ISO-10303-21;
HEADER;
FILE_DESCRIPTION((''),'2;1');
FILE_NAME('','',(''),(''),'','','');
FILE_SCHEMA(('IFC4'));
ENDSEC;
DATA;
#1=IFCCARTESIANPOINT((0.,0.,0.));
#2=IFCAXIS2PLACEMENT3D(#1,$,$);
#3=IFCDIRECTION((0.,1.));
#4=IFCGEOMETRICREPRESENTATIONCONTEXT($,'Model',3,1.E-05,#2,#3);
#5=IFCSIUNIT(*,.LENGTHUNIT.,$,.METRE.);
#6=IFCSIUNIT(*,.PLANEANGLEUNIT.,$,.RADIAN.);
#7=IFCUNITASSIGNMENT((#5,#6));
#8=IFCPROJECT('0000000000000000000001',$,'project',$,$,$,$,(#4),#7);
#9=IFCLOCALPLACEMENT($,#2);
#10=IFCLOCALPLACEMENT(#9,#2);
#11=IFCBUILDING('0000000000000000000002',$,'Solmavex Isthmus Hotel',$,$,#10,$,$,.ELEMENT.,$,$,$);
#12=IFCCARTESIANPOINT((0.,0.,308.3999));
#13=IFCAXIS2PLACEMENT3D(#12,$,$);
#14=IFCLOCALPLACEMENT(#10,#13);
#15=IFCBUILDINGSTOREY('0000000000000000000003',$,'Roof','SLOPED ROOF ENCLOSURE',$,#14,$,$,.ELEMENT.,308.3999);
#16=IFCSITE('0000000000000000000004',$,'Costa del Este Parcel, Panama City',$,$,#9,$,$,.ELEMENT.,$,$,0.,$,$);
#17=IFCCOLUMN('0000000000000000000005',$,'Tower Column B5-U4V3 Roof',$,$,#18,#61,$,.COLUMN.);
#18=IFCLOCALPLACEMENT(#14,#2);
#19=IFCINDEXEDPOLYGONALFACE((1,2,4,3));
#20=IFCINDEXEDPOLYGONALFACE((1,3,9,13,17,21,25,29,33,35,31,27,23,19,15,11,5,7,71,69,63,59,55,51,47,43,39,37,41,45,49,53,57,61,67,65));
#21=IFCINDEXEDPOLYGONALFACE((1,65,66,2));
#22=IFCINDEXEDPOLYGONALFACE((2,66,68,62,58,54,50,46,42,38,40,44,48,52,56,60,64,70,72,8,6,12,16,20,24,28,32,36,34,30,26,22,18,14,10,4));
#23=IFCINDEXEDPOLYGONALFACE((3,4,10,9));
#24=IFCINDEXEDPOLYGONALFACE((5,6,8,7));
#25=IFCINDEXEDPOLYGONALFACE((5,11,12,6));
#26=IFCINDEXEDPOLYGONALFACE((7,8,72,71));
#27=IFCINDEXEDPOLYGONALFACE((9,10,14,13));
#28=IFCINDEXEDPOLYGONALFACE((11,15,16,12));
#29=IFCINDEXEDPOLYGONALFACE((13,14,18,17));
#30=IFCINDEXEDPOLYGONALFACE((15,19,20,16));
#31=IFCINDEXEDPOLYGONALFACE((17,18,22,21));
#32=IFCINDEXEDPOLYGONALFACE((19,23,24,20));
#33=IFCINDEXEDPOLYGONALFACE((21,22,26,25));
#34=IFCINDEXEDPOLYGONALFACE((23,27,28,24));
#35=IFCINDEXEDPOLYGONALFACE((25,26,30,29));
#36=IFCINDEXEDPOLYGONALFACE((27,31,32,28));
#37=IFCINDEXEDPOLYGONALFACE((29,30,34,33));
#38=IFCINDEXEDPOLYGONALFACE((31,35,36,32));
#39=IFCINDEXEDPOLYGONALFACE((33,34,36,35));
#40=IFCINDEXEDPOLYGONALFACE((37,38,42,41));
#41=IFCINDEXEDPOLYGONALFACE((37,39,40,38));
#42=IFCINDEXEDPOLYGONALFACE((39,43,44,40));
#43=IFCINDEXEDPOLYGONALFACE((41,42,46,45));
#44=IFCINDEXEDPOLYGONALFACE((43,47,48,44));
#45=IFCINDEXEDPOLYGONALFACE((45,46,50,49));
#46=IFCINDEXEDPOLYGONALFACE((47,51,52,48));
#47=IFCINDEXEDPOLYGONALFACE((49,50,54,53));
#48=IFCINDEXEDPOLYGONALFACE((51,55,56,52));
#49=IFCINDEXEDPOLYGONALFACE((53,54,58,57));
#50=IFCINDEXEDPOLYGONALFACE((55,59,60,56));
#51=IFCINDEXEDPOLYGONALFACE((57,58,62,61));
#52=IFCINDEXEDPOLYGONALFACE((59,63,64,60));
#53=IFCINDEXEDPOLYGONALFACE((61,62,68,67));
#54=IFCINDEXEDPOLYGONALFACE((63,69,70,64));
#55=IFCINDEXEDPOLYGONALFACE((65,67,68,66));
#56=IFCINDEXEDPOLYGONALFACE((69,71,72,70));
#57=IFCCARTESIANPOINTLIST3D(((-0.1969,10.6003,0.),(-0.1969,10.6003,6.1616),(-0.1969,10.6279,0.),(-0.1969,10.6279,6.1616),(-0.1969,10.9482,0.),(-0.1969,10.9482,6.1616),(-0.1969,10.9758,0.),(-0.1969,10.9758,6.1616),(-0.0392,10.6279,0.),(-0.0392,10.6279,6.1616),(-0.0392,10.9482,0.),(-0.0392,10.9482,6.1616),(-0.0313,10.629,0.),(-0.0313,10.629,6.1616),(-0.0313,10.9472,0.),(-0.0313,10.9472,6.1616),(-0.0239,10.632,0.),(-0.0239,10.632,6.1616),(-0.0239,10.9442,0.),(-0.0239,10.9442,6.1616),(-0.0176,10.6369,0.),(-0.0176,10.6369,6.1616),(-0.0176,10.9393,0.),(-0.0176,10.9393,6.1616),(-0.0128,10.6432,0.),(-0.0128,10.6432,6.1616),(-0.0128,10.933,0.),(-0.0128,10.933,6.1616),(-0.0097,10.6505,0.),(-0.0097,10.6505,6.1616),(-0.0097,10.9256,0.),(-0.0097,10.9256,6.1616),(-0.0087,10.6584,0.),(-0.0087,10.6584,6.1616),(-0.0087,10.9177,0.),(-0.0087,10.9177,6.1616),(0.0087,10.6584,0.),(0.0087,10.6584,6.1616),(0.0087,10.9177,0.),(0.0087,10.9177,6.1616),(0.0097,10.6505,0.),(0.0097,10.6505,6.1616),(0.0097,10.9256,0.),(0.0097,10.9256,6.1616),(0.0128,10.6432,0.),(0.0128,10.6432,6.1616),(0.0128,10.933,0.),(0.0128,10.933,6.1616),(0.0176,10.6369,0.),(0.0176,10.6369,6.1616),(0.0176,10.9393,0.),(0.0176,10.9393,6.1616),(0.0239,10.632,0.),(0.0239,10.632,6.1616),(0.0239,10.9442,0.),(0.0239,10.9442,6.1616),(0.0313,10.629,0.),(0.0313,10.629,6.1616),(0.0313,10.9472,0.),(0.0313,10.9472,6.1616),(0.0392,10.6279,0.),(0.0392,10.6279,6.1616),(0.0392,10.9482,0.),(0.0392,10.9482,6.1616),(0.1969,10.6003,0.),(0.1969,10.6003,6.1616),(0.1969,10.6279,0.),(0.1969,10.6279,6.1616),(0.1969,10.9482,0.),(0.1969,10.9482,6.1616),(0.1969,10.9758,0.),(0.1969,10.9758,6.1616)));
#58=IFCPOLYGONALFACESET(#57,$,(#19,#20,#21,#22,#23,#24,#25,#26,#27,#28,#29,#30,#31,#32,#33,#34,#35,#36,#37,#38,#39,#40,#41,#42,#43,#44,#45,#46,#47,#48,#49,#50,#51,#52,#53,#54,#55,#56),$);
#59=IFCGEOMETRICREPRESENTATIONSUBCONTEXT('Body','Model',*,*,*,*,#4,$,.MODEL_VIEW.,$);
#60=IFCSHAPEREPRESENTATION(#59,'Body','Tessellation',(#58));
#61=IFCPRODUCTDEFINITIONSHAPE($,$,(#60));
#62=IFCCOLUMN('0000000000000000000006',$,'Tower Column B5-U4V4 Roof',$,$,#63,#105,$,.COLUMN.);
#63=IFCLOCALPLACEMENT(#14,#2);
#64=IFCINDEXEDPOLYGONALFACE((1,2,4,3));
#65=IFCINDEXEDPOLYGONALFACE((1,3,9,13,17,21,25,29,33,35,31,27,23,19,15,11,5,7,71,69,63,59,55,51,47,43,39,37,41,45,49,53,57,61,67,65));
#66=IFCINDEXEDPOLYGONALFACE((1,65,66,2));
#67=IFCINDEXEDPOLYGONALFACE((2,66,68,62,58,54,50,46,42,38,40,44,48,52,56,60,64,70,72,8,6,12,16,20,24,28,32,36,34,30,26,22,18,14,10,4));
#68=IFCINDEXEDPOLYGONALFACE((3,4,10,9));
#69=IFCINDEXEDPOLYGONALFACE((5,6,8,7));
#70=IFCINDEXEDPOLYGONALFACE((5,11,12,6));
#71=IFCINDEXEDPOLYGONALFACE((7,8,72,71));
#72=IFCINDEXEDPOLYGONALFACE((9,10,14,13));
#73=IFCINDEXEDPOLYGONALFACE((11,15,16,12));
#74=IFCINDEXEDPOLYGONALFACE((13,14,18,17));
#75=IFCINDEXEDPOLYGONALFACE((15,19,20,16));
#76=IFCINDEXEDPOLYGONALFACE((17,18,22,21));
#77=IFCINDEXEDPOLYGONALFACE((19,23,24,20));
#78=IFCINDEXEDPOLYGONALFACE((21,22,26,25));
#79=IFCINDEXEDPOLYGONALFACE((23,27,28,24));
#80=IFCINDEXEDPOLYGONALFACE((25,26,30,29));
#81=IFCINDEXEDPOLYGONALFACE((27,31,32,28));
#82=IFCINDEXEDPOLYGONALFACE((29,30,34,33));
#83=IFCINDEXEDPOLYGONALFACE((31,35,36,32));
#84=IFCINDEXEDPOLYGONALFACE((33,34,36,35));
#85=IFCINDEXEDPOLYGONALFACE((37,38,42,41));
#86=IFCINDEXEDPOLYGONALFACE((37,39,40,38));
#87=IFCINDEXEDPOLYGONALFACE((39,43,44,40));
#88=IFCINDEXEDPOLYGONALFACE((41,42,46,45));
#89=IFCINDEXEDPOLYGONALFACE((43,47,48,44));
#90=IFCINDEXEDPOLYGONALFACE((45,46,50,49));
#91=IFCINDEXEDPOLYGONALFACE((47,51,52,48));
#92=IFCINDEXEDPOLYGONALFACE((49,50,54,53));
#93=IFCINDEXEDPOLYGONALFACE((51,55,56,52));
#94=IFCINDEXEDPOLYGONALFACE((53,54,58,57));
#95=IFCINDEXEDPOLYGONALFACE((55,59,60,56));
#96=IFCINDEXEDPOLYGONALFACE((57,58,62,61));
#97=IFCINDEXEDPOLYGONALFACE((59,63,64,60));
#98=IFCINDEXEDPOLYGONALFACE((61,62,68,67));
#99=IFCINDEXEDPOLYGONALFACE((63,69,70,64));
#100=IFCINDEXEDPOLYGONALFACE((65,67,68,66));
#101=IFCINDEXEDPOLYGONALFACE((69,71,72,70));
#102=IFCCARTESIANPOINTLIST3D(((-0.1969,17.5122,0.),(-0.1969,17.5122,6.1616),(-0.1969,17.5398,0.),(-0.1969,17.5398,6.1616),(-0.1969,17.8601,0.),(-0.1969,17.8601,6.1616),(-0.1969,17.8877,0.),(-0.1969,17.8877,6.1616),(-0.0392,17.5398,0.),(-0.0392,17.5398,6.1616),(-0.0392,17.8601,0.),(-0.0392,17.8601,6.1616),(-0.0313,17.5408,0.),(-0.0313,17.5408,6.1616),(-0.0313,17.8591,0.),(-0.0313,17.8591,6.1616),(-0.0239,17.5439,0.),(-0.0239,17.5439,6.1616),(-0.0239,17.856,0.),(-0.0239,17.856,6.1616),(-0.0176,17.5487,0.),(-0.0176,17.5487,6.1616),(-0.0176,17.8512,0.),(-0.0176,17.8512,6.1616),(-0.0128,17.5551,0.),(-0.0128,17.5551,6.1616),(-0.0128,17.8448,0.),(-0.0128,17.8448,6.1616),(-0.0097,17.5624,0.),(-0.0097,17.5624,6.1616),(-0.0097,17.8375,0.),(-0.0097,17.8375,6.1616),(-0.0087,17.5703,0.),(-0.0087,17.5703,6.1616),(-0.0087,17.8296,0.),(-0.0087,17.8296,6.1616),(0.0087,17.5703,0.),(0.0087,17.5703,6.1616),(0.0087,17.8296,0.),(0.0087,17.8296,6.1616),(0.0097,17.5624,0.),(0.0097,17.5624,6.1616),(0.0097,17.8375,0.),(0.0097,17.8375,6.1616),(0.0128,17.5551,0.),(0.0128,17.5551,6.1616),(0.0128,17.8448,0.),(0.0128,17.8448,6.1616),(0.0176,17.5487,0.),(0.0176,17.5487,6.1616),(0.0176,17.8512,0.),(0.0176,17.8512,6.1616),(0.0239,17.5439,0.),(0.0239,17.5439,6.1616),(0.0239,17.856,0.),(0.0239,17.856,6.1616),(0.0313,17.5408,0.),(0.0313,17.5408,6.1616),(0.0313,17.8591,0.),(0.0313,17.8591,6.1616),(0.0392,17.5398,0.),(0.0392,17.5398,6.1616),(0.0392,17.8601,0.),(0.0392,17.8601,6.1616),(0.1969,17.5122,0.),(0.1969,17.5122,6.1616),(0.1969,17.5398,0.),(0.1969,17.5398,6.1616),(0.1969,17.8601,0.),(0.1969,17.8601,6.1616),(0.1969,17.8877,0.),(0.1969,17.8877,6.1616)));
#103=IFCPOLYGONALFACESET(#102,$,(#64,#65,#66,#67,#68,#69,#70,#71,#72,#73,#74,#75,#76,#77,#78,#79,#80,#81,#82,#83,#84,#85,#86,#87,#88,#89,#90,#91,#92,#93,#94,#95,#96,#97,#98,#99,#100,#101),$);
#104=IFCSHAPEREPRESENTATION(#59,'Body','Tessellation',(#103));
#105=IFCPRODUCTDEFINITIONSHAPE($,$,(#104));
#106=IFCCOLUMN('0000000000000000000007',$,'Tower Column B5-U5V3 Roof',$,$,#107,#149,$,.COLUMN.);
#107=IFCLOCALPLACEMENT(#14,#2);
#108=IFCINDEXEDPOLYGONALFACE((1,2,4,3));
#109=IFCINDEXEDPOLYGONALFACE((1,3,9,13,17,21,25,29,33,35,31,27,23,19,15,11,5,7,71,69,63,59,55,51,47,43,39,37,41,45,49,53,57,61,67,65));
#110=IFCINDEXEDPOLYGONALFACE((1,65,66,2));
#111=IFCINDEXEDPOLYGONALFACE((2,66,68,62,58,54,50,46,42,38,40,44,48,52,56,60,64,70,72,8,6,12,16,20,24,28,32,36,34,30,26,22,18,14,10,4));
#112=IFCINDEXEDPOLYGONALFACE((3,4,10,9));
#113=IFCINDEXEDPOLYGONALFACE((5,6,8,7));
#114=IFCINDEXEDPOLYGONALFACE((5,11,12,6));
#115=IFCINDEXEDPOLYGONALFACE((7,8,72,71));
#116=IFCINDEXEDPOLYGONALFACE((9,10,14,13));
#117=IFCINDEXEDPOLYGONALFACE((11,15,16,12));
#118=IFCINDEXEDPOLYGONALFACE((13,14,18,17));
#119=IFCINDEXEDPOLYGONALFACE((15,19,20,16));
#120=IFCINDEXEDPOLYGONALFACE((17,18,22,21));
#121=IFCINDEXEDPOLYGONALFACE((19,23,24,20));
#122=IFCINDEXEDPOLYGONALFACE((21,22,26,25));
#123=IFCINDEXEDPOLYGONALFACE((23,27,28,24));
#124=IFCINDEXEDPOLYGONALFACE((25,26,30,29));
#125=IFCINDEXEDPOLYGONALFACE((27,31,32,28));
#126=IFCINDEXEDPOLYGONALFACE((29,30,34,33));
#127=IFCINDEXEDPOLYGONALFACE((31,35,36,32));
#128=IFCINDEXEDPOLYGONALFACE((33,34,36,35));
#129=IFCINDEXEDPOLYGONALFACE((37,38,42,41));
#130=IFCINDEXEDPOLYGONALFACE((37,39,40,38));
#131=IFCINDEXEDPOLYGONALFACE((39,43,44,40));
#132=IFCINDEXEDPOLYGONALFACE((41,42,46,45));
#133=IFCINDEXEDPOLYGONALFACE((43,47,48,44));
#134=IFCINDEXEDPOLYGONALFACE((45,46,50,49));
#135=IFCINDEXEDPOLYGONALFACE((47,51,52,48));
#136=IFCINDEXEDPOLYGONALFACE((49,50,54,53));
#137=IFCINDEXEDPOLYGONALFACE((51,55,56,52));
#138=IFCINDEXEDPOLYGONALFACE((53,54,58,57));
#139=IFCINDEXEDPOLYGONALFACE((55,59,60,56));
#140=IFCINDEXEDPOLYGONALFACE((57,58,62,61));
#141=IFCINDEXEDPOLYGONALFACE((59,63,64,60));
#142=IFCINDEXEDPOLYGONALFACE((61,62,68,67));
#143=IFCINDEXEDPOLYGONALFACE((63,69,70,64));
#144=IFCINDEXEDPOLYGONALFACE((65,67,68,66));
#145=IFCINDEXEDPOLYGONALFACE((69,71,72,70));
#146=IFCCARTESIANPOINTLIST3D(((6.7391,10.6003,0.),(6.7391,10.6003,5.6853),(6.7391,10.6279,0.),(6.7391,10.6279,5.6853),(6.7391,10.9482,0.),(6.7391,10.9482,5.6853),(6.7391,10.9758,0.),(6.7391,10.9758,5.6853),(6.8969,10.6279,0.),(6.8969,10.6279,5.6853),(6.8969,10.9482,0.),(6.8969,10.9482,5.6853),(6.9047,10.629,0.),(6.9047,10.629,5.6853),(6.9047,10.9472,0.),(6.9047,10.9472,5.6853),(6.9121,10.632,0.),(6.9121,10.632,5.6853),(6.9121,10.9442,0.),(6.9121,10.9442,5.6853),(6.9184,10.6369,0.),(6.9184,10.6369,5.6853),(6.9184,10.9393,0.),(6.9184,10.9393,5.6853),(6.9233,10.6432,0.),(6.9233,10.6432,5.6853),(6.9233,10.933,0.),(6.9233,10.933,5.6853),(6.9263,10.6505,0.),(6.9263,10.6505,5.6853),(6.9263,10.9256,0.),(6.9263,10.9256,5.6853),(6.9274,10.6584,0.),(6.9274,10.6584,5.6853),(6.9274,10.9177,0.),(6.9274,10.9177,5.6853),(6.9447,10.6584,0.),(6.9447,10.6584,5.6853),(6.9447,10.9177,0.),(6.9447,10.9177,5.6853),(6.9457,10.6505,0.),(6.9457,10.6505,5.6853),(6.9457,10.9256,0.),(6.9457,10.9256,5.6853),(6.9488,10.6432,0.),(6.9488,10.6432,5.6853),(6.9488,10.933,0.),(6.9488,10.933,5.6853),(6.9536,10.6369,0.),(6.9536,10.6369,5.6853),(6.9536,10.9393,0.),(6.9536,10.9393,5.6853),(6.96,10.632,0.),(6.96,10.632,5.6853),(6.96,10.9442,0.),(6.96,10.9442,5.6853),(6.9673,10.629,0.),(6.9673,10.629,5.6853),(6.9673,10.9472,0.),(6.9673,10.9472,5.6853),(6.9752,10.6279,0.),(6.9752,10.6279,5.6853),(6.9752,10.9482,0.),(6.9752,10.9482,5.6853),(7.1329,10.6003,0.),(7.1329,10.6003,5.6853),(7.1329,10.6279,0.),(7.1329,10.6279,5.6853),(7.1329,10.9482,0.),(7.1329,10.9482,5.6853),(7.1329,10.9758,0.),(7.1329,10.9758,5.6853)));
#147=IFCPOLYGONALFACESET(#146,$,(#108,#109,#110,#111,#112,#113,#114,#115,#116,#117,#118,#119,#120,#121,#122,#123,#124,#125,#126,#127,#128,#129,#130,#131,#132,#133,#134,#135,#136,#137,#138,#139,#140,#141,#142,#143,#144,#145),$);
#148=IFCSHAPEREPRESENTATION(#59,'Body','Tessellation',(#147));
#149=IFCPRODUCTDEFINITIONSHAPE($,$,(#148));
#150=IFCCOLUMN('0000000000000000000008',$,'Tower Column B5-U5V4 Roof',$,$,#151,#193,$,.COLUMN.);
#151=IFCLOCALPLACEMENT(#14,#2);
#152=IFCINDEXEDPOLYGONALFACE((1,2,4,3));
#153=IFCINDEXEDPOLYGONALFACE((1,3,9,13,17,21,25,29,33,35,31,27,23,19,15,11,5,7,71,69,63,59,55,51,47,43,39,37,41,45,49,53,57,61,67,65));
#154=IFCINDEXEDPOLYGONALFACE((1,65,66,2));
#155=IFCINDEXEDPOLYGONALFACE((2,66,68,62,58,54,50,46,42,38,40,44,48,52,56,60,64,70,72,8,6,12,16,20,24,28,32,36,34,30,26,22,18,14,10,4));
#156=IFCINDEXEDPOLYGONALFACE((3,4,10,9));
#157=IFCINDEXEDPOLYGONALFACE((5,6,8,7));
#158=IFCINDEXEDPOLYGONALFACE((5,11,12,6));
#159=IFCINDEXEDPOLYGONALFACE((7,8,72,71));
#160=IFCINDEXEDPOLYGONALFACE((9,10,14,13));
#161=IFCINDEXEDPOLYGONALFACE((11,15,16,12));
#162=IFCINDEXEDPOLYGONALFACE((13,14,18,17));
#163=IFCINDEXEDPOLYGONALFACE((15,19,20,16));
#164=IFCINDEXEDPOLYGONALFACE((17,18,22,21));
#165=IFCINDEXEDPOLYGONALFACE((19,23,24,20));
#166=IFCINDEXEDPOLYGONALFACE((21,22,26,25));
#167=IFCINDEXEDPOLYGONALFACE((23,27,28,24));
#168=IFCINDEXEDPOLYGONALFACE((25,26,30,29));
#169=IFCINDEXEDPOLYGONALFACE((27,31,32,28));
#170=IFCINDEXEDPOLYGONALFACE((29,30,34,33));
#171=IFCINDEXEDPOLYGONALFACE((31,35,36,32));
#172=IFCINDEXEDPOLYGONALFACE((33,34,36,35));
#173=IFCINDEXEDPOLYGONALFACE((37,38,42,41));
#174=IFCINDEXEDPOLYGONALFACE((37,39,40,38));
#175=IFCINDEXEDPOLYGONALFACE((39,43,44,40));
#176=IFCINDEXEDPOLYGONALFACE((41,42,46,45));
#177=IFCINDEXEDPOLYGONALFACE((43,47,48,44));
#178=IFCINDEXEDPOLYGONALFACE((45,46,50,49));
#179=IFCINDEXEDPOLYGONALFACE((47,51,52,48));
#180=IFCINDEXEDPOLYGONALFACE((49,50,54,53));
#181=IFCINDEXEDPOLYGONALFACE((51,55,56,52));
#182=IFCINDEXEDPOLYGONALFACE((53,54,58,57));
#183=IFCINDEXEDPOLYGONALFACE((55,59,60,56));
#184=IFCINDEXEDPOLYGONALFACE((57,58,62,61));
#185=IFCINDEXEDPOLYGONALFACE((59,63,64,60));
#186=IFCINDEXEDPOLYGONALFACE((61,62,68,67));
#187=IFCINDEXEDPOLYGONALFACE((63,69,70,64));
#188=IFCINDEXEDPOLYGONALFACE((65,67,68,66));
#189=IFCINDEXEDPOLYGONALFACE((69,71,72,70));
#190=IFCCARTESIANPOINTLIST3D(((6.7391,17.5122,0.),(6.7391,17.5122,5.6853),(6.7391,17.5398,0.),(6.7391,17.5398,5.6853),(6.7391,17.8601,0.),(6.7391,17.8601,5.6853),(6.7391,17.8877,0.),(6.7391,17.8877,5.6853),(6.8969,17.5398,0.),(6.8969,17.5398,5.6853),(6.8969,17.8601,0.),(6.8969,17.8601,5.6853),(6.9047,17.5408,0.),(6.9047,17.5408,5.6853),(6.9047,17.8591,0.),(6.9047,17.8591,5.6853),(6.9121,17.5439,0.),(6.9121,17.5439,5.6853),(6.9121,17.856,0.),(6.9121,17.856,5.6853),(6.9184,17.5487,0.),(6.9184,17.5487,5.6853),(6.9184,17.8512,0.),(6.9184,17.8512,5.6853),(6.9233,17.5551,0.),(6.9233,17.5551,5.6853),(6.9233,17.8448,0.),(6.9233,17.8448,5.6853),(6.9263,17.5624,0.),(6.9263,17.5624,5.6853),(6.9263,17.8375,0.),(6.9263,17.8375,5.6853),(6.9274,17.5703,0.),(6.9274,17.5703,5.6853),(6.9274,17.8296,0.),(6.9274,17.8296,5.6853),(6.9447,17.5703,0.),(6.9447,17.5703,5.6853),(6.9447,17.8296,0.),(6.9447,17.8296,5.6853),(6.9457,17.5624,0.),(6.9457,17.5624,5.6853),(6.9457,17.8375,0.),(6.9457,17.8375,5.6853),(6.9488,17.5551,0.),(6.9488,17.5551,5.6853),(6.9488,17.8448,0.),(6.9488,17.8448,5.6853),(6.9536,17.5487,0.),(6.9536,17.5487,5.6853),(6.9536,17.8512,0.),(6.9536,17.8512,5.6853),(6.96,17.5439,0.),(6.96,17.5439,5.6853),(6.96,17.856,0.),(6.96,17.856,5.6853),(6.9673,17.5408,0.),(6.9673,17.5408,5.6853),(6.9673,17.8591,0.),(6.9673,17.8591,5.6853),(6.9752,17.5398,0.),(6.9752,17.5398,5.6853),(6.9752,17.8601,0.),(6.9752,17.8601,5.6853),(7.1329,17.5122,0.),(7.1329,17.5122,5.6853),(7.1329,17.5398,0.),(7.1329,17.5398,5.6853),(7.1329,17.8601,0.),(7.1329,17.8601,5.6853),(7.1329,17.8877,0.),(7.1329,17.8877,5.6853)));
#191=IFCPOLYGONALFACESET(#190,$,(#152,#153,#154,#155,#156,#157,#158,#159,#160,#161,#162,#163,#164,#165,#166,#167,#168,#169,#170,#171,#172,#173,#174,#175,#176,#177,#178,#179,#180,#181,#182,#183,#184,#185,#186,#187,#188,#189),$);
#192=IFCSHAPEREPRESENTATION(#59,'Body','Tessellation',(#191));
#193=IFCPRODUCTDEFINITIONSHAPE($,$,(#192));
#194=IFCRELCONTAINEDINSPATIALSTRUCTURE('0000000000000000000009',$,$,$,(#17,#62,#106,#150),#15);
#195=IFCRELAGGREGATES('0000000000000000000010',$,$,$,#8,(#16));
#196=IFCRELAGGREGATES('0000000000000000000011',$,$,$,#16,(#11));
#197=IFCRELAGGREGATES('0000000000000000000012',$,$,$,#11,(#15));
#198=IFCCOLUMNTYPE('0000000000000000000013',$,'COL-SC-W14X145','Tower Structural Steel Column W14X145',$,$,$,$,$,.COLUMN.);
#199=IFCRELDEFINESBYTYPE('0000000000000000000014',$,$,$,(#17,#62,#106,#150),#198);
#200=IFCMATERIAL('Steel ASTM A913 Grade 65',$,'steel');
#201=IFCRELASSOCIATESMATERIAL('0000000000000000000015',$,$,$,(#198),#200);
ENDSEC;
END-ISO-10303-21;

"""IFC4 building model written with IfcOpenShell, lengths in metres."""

from ifc_helpers import new_model, si_unit, direction, frame, origin, origin_2d, place, context, subcontext, project, spatial, i_section, extrude, material, material_profile, profile_set, type_object, element, save


model = new_model("IFC4")

# Units and contexts
model_context = context("Model", 3, precision=1e-05, world=origin(), true_north=direction((0.0, 1.0)))
body_context = subcontext(model_context, "Body", "Model", "MODEL_VIEW")
ifc_project = project(units=[si_unit("LENGTHUNIT", "METRE"), si_unit("PLANEANGLEUNIT", "RADIAN")], contexts=[model_context])

# Site, building, storey
site_placement = place(None, origin())
site = spatial("IfcSite", under=ifc_project, at=site_placement, Name="Costa del Este Parcel, Panama City", CompositionType="ELEMENT", RefElevation=0.0)
building_placement = place(site_placement, origin())
building = spatial("IfcBuilding", under=site, at=building_placement, Name="Solmavex Isthmus Hotel", CompositionType="ELEMENT")
storey_placement = place(building_placement, frame((0.0, 0.0, 308.3999)))
storey = spatial("IfcBuildingStorey", under=building, at=storey_placement, Name="Roof", Description="SLOPED ROOF ENCLOSURE", CompositionType="ELEMENT", Elevation=308.3999)

# Columns
ifc_material_1 = material(Name="Steel ASTM A913 Grade 65", Category="steel")
ifc_material_profile_1 = material_profile(ifc_material_1, i_section(OverallWidth=0.3938, OverallDepth=0.3755, WebThickness=0.0173, FlangeThickness=0.0276, FilletRadius=0.0305, at=origin_2d()), Name="W14X145")
ifc_profile_set_1 = profile_set([ifc_material_profile_1], Name="Steel ASTM A913 Grade 65")
column_type = type_object("IfcColumnType", Name="COL-SC-W14X145", Description="Tower Structural Steel Column W14X145", PredefinedType="COLUMN", material=ifc_profile_set_1)
for number, where, z_axis, x_axis, name in (
    (1, (0.0, 10.7881, 0.0), (0.0, 0.0, 1.0), (1.0, 0.0, 0.0), "Tower Column B5-U4V3 Roof"),
    (2, (0.0, 17.7, 0.0), (0.0, 0.0, 1.0), (1.0, 0.0, 0.0), "Tower Column B5-U4V4 Roof"),
):
    element("IfcColumn", number, at=place(storey_placement, frame(where, z_axis=z_axis, x_axis=x_axis)), inside=storey, type_object=column_type, Name=name, PredefinedType="COLUMN", context=body_context, shape_type="SweptSolid", body=[
        extrude(i_section(OverallWidth=0.3938, OverallDepth=0.3755, WebThickness=0.0173, FlangeThickness=0.0276, FilletRadius=0.0305, at=origin_2d()), origin(), (0.0, 0.0, 1.0), 6.1616),
    ])
for number, where, z_axis, x_axis, name in (
    (3, (6.936, 10.7881, 0.0), (0.0, 0.0, 1.0), (1.0, 0.0, 0.0), "Tower Column B5-U5V3 Roof"),
    (4, (6.936, 17.7, 0.0), (0.0, 0.0, 1.0), (1.0, 0.0, 0.0), "Tower Column B5-U5V4 Roof"),
):
    element("IfcColumn", number, at=place(storey_placement, frame(where, z_axis=z_axis, x_axis=x_axis)), inside=storey, type_object=column_type, Name=name, PredefinedType="COLUMN", context=body_context, shape_type="SweptSolid", body=[
        extrude(i_section(OverallWidth=0.3938, OverallDepth=0.3755, WebThickness=0.0173, FlangeThickness=0.0276, FilletRadius=0.0305, at=origin_2d()), origin(), (0.0, 0.0, 1.0), 5.6853),
    ])

save(model, "model.ifc")
